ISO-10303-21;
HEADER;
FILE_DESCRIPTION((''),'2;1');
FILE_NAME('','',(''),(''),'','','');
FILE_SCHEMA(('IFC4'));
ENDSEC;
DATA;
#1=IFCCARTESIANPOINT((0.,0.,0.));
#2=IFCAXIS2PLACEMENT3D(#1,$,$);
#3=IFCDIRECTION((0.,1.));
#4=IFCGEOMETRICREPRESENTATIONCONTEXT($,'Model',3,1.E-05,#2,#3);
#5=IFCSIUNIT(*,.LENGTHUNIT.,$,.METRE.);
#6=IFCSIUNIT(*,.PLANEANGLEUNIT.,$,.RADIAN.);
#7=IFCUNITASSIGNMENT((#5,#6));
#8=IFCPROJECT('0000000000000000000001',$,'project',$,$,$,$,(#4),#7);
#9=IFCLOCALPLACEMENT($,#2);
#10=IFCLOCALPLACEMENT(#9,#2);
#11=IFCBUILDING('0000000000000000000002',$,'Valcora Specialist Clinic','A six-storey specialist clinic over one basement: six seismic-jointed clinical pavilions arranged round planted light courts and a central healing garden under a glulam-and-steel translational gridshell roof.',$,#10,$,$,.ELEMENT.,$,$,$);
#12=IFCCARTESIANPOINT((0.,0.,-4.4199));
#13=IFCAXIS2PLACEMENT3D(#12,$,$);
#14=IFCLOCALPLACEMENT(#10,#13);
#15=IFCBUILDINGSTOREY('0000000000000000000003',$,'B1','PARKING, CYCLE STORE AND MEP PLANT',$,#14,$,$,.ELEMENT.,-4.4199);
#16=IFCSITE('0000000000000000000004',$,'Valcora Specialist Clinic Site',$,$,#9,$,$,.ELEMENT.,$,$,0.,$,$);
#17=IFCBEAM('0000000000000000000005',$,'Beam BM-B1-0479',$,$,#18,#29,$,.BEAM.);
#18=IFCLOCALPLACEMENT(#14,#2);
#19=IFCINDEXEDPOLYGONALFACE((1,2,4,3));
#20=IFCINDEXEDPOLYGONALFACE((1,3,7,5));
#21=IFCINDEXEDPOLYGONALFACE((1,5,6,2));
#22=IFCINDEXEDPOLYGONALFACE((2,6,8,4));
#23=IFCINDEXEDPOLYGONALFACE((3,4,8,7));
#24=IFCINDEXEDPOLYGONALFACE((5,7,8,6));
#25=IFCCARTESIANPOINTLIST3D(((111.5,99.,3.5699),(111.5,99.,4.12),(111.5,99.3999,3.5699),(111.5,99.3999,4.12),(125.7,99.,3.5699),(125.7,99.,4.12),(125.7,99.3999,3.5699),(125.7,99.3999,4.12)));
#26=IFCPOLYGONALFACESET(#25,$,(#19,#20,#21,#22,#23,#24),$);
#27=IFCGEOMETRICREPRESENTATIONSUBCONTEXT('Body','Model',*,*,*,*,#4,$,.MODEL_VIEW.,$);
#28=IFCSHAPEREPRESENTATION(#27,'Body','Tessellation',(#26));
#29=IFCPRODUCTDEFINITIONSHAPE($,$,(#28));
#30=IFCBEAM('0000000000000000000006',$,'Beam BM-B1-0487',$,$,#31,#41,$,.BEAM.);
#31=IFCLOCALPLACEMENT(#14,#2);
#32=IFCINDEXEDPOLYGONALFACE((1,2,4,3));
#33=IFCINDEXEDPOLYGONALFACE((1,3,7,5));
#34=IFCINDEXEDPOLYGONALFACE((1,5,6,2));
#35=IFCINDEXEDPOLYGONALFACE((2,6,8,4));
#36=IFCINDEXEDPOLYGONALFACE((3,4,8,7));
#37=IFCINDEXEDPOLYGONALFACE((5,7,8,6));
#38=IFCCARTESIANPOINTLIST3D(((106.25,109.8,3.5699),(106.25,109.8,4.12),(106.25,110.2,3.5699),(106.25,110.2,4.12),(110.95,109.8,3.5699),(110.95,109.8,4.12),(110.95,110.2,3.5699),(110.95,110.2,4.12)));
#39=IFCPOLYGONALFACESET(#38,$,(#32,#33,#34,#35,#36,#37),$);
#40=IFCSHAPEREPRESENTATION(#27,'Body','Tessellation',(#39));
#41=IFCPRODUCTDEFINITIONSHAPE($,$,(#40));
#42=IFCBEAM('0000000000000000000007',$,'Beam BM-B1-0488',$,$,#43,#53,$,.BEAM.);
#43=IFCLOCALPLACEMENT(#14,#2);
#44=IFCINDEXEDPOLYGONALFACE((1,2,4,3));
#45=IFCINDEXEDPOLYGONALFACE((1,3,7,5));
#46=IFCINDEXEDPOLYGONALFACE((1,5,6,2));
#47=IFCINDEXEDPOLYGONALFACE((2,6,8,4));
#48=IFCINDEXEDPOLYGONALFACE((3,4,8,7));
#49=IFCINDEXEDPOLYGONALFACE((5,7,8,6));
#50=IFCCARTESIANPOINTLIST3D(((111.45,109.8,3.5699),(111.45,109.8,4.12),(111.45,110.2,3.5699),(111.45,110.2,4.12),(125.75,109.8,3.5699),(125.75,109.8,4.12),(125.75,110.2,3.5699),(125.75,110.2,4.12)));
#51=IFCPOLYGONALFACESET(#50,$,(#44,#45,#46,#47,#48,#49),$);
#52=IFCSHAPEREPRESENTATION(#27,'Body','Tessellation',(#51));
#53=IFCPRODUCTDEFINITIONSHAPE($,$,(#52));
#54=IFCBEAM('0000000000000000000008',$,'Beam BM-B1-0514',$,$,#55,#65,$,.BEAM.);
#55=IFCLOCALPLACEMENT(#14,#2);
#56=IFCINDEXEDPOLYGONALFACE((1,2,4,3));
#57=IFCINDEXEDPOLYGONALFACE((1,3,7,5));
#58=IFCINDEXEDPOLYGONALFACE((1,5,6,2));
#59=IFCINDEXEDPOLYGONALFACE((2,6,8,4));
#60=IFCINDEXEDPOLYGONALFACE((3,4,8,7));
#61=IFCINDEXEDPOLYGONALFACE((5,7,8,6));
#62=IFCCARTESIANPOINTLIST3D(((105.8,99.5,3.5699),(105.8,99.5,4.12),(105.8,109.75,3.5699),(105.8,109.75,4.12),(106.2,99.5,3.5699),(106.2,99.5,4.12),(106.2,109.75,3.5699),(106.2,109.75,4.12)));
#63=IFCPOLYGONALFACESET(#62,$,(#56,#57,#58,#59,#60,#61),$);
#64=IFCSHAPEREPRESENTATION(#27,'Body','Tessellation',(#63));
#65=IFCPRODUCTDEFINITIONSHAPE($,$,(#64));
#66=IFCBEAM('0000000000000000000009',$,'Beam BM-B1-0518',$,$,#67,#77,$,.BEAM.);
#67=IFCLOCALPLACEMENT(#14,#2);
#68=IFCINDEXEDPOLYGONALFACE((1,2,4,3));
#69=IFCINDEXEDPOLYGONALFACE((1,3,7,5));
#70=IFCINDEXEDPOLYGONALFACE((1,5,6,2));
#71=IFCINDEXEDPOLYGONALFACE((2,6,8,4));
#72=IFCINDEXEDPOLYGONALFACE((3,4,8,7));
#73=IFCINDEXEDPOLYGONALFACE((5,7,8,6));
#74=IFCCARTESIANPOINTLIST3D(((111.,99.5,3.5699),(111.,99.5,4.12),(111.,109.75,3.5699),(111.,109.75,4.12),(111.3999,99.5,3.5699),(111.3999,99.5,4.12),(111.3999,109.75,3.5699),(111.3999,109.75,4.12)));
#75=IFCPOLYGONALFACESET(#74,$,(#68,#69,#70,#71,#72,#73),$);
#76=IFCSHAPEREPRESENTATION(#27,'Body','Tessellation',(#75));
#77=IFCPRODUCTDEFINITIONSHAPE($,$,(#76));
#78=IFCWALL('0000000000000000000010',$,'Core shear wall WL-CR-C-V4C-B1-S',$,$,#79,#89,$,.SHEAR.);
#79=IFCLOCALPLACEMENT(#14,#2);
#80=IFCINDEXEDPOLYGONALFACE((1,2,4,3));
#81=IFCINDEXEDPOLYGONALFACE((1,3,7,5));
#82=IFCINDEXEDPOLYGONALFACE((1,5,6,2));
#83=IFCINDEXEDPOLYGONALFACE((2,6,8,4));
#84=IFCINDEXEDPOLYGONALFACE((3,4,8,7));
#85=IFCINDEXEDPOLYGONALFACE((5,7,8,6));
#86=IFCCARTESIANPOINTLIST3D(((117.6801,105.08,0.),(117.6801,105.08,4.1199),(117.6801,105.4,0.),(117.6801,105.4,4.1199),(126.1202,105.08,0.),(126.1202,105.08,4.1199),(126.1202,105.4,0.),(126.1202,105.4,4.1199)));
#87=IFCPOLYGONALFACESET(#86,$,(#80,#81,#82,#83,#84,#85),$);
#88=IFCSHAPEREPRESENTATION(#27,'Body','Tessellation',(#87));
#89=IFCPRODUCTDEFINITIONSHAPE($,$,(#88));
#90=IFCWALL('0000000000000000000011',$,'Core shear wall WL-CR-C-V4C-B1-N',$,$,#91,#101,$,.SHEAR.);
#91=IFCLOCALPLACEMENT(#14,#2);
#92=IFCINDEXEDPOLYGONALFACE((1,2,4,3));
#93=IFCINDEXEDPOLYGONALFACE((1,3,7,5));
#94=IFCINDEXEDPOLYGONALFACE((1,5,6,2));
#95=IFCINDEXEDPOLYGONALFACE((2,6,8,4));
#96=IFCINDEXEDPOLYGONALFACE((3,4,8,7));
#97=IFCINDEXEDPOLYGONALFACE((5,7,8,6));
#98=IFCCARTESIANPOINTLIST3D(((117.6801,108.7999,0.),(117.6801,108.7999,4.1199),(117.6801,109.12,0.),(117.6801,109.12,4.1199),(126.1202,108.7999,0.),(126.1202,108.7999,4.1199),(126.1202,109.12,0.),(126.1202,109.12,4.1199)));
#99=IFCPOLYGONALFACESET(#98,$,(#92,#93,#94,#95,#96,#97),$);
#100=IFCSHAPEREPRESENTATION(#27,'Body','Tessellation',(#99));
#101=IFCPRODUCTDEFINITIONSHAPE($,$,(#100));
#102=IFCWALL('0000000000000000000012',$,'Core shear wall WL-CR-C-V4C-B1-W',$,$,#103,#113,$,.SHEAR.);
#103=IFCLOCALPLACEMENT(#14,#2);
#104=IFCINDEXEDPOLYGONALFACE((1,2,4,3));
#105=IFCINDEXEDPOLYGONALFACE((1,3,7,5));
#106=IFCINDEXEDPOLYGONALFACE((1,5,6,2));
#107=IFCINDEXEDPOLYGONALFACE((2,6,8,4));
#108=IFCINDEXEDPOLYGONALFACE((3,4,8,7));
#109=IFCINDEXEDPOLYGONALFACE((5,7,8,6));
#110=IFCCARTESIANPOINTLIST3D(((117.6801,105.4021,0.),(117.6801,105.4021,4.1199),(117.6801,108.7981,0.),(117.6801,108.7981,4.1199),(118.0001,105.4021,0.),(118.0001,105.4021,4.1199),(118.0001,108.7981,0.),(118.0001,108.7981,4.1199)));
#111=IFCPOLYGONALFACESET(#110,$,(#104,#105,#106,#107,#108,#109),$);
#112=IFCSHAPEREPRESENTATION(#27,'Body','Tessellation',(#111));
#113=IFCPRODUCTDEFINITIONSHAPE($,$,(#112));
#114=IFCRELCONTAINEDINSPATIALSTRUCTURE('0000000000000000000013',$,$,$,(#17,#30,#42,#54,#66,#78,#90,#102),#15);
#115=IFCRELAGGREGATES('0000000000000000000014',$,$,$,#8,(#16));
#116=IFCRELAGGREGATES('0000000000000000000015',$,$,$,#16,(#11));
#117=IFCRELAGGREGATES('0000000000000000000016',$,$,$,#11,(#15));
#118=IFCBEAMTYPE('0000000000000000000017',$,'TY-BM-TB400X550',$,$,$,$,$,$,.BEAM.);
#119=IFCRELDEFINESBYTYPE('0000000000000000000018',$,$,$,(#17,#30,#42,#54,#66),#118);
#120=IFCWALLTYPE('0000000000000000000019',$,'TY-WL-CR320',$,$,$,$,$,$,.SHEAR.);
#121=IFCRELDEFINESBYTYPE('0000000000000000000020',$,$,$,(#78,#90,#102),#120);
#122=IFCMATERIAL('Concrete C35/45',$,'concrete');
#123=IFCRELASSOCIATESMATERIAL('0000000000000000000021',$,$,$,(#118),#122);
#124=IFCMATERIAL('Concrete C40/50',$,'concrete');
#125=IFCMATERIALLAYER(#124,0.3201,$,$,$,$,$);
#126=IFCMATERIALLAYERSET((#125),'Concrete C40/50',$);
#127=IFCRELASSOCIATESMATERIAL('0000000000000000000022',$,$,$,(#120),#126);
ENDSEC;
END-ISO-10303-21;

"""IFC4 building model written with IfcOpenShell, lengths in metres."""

from ifc_helpers import new_model, si_unit, direction, frame, frame_2d, origin, origin_2d, place, context, subcontext, project, spatial, rectangle, extrude, material, layer, layer_set, material_profile, profile_set, type_object, element, save


model = new_model("IFC4")

# Units and contexts
model_context = context("Model", 3, precision=1e-05, world=origin(), true_north=direction((0.0, 1.0)))
body_context = subcontext(model_context, "Body", "Model", "MODEL_VIEW")
ifc_project = project(units=[si_unit("LENGTHUNIT", "METRE"), si_unit("PLANEANGLEUNIT", "RADIAN")], contexts=[model_context])

# Site, building, storey
site_placement = place(None, origin())
site = spatial("IfcSite", under=ifc_project, at=site_placement, Name="Valcora Specialist Clinic Site", CompositionType="ELEMENT", RefElevation=0.0)
building_placement = place(site_placement, origin())
building = spatial("IfcBuilding", under=site, at=building_placement, Name="Valcora Specialist Clinic", Description="A six-storey specialist clinic over one basement: six seismic-jointed clinical pavilions arranged round planted light courts and a central healing garden under a glulam-and-steel translational gridshell roof.", CompositionType="ELEMENT")
storey_placement = place(building_placement, frame((0.0, 0.0, -4.4199)))
storey = spatial("IfcBuildingStorey", under=building, at=storey_placement, Name="B1", Description="PARKING, CYCLE STORE AND MEP PLANT", CompositionType="ELEMENT", Elevation=-4.4199)

# Shared definitions
ifc_material_1 = material(Name="Concrete C35/45", Category="concrete")

# Shared definitions
ifc_material_2 = material(Name="Concrete C40/50", Category="concrete")

# Beams
ifc_material_profile_1 = material_profile(ifc_material_1, rectangle(XDim=0.3999, YDim=0.55, at=origin_2d()), Name="RC-TB-400X550")
ifc_profile_set_1 = profile_set([ifc_material_profile_1], Name="Concrete C35/45")
beam_type = type_object("IfcBeamType", Name="TY-BM-TB400X550", PredefinedType="BEAM", material=ifc_profile_set_1)
beam_1_placement = place(storey_placement, frame((111.5, 99.2, 3.845), z_axis=(1.0, 0.0, 0.0), x_axis=(0.0, 1.0, 0.0)))
element("IfcBeam", 1, at=beam_1_placement, inside=storey, type_object=beam_type, Name="Beam BM-B1-0479", PredefinedType="BEAM", context=body_context, shape_type="SweptSolid", body=[
    extrude(rectangle(XDim=0.3999, YDim=0.55, at=origin_2d()), origin(), (0.0, 0.0, 1.0), 14.2),
])
beam_2_placement = place(storey_placement, frame((106.25, 110.0, 3.845), z_axis=(1.0, 0.0, 0.0), x_axis=(0.0, 1.0, 0.0)))
element("IfcBeam", 2, at=beam_2_placement, inside=storey, type_object=beam_type, Name="Beam BM-B1-0487", PredefinedType="BEAM", context=body_context, shape_type="SweptSolid", body=[
    extrude(rectangle(XDim=0.3999, YDim=0.55, at=origin_2d()), origin(), (0.0, 0.0, 1.0), 4.7),
])
beam_3_placement = place(storey_placement, frame((111.45, 110.0, 3.845), z_axis=(1.0, 0.0, 0.0), x_axis=(0.0, 1.0, 0.0)))
element("IfcBeam", 3, at=beam_3_placement, inside=storey, type_object=beam_type, Name="Beam BM-B1-0488", PredefinedType="BEAM", context=body_context, shape_type="SweptSolid", body=[
    extrude(rectangle(XDim=0.3999, YDim=0.55, at=origin_2d()), origin(), (0.0, 0.0, 1.0), 14.3),
])
for number, where, z_axis, x_axis, name in (
    (4, (106.0, 99.5, 3.845), (0.0, 1.0, 0.0), (-1.0, 0.0, 0.0), "Beam BM-B1-0514"),
    (5, (111.2, 99.5, 3.845), (0.0, 1.0, 0.0), (-1.0, 0.0, 0.0), "Beam BM-B1-0518"),
):
    element("IfcBeam", number, at=place(storey_placement, frame(where, z_axis=z_axis, x_axis=x_axis)), inside=storey, type_object=beam_type, Name=name, PredefinedType="BEAM", context=body_context, shape_type="SweptSolid", body=[
        extrude(rectangle(XDim=0.3999, YDim=0.55, at=origin_2d()), origin(), (0.0, 0.0, 1.0), 10.25),
    ])

# Walls
ifc_layer = layer(ifc_material_2, 0.3201)
ifc_layer_set = layer_set([ifc_layer], Name="Concrete C40/50")
wall_type = type_object("IfcWallType", Name="TY-WL-CR320", PredefinedType="SHEAR", material=ifc_layer_set)
for number, where, z_axis, x_axis, name in (
    (6, (117.6799, 105.24, 0.0), (0.0, 0.0, 1.0), (1.0, 0.0, 0.0), "Core shear wall WL-CR-C-V4C-B1-S"),
    (7, (117.6799, 108.96, 0.0), (0.0, 0.0, 1.0), (1.0, 0.0, 0.0), "Core shear wall WL-CR-C-V4C-B1-N"),
):
    element("IfcWall", number, at=place(storey_placement, frame(where, z_axis=z_axis, x_axis=x_axis)), inside=storey, type_object=wall_type, Name=name, PredefinedType="SHEAR", context=body_context, shape_type="SweptSolid", body=[
        extrude(rectangle(XDim=8.4402, YDim=0.3201, at=frame_2d((4.2202, 0.0))), origin(), (0.0, 0.0, 1.0), 4.1199),
    ])
wall_placement = place(storey_placement, frame((117.8401, 105.4021, 0.0), z_axis=(0.0, 0.0, 1.0), x_axis=(0.0, 1.0, 0.0)))
element("IfcWall", 8, at=wall_placement, inside=storey, type_object=wall_type, Name="Core shear wall WL-CR-C-V4C-B1-W", PredefinedType="SHEAR", context=body_context, shape_type="SweptSolid", body=[
    extrude(rectangle(XDim=3.396, YDim=0.3201, at=frame_2d((1.698, 0.0))), origin(), (0.0, 0.0, 1.0), 4.1199),
])

save(model, "model.ifc")
